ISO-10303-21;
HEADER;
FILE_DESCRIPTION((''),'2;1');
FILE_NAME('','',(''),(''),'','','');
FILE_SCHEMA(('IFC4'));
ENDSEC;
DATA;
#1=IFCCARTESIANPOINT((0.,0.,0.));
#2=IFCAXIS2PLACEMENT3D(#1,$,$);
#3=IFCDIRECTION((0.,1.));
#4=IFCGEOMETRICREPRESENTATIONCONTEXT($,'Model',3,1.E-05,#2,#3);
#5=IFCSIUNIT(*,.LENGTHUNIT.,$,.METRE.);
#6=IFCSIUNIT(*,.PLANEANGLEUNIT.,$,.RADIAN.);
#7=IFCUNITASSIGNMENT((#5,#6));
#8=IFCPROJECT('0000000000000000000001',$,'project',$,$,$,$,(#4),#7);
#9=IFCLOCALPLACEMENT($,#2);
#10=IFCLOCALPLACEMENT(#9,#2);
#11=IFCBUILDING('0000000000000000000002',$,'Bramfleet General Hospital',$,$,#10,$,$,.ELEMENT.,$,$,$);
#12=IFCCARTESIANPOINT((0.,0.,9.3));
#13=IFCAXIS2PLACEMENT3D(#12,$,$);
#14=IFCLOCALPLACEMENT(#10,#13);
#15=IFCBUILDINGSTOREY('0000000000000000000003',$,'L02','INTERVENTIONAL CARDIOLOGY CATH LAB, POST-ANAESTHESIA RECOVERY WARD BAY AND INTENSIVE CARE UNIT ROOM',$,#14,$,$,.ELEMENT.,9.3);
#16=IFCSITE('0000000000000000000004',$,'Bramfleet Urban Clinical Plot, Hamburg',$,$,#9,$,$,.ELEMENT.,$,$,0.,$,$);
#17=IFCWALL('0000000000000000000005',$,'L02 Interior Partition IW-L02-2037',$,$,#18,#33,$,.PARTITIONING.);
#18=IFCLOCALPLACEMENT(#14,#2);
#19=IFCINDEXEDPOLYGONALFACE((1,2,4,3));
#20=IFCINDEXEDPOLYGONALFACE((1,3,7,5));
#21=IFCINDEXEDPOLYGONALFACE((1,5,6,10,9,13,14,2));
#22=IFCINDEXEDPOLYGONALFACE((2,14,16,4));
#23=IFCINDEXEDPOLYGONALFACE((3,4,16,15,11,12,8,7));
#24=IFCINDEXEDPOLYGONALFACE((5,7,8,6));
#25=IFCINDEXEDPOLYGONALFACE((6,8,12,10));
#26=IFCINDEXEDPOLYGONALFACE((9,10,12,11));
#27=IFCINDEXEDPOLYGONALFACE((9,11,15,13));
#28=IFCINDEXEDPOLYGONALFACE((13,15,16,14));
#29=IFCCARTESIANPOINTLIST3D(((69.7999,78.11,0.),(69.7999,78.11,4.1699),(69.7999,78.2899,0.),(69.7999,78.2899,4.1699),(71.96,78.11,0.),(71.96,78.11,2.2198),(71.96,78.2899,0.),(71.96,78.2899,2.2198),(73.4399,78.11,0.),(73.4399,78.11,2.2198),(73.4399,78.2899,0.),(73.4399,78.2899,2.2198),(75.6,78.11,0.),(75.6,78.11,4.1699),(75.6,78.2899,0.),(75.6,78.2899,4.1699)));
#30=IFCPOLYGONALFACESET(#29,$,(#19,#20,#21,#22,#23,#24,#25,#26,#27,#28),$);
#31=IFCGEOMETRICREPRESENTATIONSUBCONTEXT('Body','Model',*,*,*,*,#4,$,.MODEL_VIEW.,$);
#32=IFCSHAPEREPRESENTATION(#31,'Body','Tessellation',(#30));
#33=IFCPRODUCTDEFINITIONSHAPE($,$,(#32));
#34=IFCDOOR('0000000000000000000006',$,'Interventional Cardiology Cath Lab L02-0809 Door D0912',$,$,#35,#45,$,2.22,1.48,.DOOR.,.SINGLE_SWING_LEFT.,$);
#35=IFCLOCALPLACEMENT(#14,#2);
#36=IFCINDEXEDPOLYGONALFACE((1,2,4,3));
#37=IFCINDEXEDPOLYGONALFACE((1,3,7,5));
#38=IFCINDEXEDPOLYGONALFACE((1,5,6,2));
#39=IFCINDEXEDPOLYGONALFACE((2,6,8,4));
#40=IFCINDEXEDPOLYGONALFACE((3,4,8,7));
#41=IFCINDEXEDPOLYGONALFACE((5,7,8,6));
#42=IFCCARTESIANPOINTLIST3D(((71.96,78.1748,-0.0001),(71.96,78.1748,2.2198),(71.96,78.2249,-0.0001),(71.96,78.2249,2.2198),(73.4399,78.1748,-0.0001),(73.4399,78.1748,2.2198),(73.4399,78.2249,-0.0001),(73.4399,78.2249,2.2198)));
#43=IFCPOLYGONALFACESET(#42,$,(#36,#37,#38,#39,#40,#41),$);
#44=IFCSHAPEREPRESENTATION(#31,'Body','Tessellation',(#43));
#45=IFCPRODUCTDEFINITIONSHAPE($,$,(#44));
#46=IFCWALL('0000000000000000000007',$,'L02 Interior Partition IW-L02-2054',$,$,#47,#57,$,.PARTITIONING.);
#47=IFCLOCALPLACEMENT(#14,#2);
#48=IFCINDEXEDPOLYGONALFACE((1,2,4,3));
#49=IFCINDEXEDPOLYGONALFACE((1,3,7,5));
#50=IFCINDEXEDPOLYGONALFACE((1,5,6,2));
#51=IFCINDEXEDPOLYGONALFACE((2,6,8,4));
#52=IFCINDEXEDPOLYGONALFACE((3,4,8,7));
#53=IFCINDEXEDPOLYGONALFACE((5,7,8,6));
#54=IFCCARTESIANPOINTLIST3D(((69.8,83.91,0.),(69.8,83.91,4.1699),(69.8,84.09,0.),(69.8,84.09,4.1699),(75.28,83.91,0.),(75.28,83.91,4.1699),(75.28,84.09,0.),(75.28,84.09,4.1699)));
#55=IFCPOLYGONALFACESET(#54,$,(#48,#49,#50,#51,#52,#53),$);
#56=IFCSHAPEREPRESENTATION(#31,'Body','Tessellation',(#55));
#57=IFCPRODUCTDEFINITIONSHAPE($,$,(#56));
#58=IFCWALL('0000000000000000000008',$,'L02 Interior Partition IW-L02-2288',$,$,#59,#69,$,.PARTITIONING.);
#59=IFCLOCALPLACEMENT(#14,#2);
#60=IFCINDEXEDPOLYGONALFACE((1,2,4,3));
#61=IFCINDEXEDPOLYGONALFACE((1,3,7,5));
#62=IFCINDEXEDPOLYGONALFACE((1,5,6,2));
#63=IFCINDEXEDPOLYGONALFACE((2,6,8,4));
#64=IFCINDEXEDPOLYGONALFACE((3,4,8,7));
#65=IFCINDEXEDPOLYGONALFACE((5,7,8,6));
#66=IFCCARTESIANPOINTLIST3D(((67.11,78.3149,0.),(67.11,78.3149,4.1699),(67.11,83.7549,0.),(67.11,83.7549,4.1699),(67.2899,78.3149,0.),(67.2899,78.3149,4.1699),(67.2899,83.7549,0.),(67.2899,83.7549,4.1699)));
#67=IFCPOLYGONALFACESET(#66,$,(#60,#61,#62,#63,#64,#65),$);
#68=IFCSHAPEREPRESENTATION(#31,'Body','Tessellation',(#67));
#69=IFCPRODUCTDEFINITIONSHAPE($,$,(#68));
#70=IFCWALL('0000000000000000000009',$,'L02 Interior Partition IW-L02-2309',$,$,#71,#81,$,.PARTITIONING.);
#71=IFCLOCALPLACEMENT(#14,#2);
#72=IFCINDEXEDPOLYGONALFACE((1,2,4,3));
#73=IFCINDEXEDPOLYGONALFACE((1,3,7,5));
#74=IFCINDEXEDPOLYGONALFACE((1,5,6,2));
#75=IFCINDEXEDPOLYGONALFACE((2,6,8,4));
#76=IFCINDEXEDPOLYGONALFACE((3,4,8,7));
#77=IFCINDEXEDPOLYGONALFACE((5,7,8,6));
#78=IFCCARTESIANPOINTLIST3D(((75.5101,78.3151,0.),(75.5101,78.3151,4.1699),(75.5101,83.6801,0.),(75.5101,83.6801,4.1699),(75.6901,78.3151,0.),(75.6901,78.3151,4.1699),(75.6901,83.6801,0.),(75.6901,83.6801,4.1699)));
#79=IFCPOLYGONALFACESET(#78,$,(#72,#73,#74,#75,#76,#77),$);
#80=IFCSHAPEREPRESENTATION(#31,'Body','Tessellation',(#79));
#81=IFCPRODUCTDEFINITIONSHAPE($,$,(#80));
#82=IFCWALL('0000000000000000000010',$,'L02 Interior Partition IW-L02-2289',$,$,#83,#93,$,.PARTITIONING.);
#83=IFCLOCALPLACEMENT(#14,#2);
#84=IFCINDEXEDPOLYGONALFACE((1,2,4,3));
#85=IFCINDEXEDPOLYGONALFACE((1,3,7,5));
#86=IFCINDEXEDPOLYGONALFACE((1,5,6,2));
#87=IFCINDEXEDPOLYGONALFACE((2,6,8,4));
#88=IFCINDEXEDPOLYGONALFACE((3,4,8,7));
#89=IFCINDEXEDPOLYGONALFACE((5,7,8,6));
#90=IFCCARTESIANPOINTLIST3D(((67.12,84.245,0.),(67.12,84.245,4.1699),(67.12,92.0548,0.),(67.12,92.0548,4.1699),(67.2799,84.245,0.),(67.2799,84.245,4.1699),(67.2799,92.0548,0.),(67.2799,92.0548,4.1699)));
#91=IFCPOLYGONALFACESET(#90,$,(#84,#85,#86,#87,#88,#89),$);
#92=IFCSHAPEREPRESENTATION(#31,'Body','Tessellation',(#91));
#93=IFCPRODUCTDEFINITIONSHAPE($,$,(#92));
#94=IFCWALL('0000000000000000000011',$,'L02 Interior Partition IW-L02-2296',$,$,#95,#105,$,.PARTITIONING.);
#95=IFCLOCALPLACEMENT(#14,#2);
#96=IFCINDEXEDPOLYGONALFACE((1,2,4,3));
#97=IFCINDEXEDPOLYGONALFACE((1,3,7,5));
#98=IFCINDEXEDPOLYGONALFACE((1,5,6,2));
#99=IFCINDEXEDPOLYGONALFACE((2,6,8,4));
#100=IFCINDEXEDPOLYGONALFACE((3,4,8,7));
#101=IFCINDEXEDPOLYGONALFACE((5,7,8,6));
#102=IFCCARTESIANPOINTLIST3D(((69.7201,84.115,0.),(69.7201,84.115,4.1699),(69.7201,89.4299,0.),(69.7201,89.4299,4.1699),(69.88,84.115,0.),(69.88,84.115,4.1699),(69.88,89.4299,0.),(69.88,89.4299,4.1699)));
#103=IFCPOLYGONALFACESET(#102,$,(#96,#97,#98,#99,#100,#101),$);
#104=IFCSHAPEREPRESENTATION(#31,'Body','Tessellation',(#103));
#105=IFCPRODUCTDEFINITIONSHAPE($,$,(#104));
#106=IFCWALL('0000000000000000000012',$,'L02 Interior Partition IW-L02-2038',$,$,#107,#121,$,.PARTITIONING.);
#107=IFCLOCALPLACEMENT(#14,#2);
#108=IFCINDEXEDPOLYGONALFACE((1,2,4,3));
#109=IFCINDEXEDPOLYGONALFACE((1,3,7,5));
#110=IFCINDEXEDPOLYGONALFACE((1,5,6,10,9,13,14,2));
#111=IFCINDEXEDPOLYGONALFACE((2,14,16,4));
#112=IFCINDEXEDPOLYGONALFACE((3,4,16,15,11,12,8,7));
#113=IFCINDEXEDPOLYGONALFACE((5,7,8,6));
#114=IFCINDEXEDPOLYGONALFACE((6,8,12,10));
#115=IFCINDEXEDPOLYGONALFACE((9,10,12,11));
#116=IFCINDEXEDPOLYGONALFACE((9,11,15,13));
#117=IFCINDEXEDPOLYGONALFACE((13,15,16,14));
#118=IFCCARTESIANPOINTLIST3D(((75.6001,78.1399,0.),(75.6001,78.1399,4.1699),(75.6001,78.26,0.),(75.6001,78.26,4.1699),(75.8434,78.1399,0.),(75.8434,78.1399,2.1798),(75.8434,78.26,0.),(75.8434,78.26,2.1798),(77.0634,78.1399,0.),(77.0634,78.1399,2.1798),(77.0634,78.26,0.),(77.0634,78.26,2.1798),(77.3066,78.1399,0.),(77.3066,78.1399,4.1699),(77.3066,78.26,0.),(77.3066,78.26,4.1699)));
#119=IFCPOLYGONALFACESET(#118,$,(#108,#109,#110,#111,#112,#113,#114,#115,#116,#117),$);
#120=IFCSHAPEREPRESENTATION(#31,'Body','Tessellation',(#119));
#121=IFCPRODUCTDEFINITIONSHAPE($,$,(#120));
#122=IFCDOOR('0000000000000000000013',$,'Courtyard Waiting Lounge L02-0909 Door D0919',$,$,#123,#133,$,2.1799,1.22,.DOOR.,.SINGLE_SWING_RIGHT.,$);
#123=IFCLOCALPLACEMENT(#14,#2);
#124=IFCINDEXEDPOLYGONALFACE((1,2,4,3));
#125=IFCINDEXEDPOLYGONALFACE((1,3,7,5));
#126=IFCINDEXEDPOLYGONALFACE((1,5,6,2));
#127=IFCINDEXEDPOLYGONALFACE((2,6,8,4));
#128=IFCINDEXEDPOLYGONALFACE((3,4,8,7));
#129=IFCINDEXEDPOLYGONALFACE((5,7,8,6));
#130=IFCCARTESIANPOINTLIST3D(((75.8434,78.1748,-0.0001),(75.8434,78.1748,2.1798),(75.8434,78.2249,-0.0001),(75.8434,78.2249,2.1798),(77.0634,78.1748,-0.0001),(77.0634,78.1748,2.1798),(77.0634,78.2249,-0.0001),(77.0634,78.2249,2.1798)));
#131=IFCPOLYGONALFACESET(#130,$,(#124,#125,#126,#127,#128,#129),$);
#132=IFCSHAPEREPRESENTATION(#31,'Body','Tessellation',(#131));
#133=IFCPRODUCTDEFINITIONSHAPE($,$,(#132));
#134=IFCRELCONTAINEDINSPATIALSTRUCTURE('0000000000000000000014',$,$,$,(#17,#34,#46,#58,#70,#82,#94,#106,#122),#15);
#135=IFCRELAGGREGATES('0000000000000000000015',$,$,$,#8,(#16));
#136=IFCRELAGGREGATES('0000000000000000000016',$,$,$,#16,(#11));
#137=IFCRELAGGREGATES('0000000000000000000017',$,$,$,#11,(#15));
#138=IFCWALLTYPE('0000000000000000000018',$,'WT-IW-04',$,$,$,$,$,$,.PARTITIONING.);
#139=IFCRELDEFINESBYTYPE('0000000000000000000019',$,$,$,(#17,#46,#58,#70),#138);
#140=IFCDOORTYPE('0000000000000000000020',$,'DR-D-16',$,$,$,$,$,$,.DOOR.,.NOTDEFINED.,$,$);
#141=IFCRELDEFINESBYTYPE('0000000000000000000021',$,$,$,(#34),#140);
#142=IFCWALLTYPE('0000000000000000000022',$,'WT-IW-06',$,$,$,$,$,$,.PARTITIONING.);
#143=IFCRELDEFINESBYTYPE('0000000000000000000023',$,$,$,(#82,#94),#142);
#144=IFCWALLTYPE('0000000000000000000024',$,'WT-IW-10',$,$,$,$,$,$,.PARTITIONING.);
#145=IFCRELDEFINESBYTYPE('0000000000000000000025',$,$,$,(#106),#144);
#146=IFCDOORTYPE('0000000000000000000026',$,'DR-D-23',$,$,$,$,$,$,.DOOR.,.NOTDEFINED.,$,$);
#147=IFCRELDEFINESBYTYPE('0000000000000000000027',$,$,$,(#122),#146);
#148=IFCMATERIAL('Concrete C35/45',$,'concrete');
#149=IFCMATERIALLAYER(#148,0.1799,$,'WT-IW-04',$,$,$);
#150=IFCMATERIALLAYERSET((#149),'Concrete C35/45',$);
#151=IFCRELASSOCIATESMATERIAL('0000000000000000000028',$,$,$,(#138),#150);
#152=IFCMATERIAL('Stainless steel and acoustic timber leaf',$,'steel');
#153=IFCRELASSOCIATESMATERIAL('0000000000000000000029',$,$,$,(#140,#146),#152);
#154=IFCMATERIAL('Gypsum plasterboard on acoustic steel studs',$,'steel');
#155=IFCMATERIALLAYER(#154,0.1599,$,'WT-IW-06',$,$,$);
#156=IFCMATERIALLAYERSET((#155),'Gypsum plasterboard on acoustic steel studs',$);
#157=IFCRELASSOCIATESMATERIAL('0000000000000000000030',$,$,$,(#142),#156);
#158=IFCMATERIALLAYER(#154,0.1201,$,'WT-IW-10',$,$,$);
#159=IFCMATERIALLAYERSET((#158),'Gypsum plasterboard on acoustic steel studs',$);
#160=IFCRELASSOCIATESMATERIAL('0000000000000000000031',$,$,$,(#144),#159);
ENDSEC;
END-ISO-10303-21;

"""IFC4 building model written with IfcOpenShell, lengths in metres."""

from ifc_helpers import new_model, si_unit, direction, frame, frame_2d, origin, place, context, subcontext, project, spatial, rectangle, extrude, material, layer, layer_set, type_object, element, fill, save


model = new_model("IFC4")

# Units and contexts
model_context = context("Model", 3, precision=1e-05, world=origin(), true_north=direction((0.0, 1.0)))
body_context = subcontext(model_context, "Body", "Model", "MODEL_VIEW")
ifc_project = project(units=[si_unit("LENGTHUNIT", "METRE"), si_unit("PLANEANGLEUNIT", "RADIAN")], contexts=[model_context])

# Site, building, storey
site_placement = place(None, origin())
site = spatial("IfcSite", under=ifc_project, at=site_placement, Name="Bramfleet Urban Clinical Plot, Hamburg", CompositionType="ELEMENT", RefElevation=0.0)
building_placement = place(site_placement, origin())
building = spatial("IfcBuilding", under=site, at=building_placement, Name="Bramfleet General Hospital", CompositionType="ELEMENT")
storey_placement = place(building_placement, frame((0.0, 0.0, 9.3)))
storey = spatial("IfcBuildingStorey", under=building, at=storey_placement, Name="L02", Description="INTERVENTIONAL CARDIOLOGY CATH LAB, POST-ANAESTHESIA RECOVERY WARD BAY AND INTENSIVE CARE UNIT ROOM", CompositionType="ELEMENT", Elevation=9.3)

# Shared definitions
ifc_material_1 = material(Name="Concrete C35/45", Category="concrete")

# Wall, opening, door
ifc_layer_1 = layer(ifc_material_1, 0.1799, Name="WT-IW-04")
ifc_layer_set_1 = layer_set([ifc_layer_1], Name="Concrete C35/45")
wall_type_1 = type_object("IfcWallType", Name="WT-IW-04", PredefinedType="PARTITIONING", material=ifc_layer_set_1)
ifc_material_2 = material(Name="Stainless steel and acoustic timber leaf", Category="steel")
wall_1_placement = place(storey_placement, frame((69.8, 78.2, 0.0), z_axis=(0.0, 0.0, 1.0), x_axis=(1.0, 0.0, 0.0)))
wall_1 = element("IfcWall", 1, at=wall_1_placement, inside=storey, type_object=wall_type_1, Name="L02 Interior Partition IW-L02-2037", PredefinedType="PARTITIONING", context=body_context, shape_type="SweptSolid", body=[
    extrude(rectangle(XDim=5.8, YDim=0.1799, at=frame_2d((2.8999, 0.0))), origin(), (0.0, 0.0, 1.0), 4.1699),
])
opening_1_placement = place(wall_1_placement, frame((2.1599, 0.0, 0.0)))
opening_1 = element("IfcOpeningElement", 2, at=opening_1_placement, cuts=wall_1, PredefinedType="OPENING", context=body_context, shape_type="SweptSolid", body=[
    extrude(rectangle(XDim=1.48, YDim=2.22, at=frame_2d((0.74, 1.1099))), frame((0.0, 0.0999, 0.0), z_axis=(0.0, -1.0, 0.0), x_axis=(1.0, 0.0, 0.0)), (0.0, 0.0, 1.0), 0.2),
])
door_type_1 = type_object("IfcDoorType", Name="DR-D-16", OperationType="NOTDEFINED", PredefinedType="DOOR", material=ifc_material_2)
door_1_placement = place(opening_1_placement, origin())
door_1 = element("IfcDoor", 3, at=door_1_placement, inside=storey, type_object=door_type_1, Name="Interventional Cardiology Cath Lab L02-0809 Door D0912", OperationType="SINGLE_SWING_LEFT", OverallHeight=2.22, OverallWidth=1.48, PredefinedType="DOOR", context=body_context, shape_type="SweptSolid", body=[
    extrude(rectangle(XDim=1.48, YDim=2.22, at=frame_2d((0.74, 1.1099))), frame((0.0, 0.0249, 0.0), z_axis=(0.0, -1.0, 0.0), x_axis=(1.0, 0.0, 0.0)), (0.0, 0.0, 1.0), 0.05),
])
fill(opening_1, door_1)

# Walls
wall_2_placement = place(storey_placement, frame((69.8, 84.0, 0.0), z_axis=(0.0, 0.0, 1.0), x_axis=(1.0, 0.0, 0.0)))
element("IfcWall", 4, at=wall_2_placement, inside=storey, type_object=wall_type_1, Name="L02 Interior Partition IW-L02-2054", PredefinedType="PARTITIONING", context=body_context, shape_type="SweptSolid", body=[
    extrude(rectangle(XDim=5.48, YDim=0.1799, at=frame_2d((2.74, 0.0))), origin(), (0.0, 0.0, 1.0), 4.1699),
])
wall_3_placement = place(storey_placement, frame((67.2, 78.3149, 0.0), z_axis=(0.0, 0.0, 1.0), x_axis=(0.0, 1.0, 0.0)))
element("IfcWall", 5, at=wall_3_placement, inside=storey, type_object=wall_type_1, Name="L02 Interior Partition IW-L02-2288", PredefinedType="PARTITIONING", context=body_context, shape_type="SweptSolid", body=[
    extrude(rectangle(XDim=5.4399, YDim=0.1799, at=frame_2d((2.72, 0.0))), origin(), (0.0, 0.0, 1.0), 4.1699),
])
wall_4_placement = place(storey_placement, frame((75.6001, 78.3149, 0.0), z_axis=(0.0, 0.0, 1.0), x_axis=(0.0, 1.0, 0.0)))
element("IfcWall", 6, at=wall_4_placement, inside=storey, type_object=wall_type_1, Name="L02 Interior Partition IW-L02-2309", PredefinedType="PARTITIONING", context=body_context, shape_type="SweptSolid", body=[
    extrude(rectangle(XDim=5.365, YDim=0.1799, at=frame_2d((2.6826, 0.0))), origin(), (0.0, 0.0, 1.0), 4.1699),
])
ifc_material_3 = material(Name="Gypsum plasterboard on acoustic steel studs", Category="steel")
ifc_layer_2 = layer(ifc_material_3, 0.1599, Name="WT-IW-06")
ifc_layer_set_2 = layer_set([ifc_layer_2], Name="Gypsum plasterboard on acoustic steel studs")
wall_type_2 = type_object("IfcWallType", Name="WT-IW-06", PredefinedType="PARTITIONING", material=ifc_layer_set_2)
wall_5_placement = place(storey_placement, frame((67.2, 84.2451, 0.0), z_axis=(0.0, 0.0, 1.0), x_axis=(0.0, 1.0, 0.0)))
element("IfcWall", 7, at=wall_5_placement, inside=storey, type_object=wall_type_2, Name="L02 Interior Partition IW-L02-2289", PredefinedType="PARTITIONING", context=body_context, shape_type="SweptSolid", body=[
    extrude(rectangle(XDim=7.8098, YDim=0.1599, at=frame_2d((3.9048, 0.0))), origin(), (0.0, 0.0, 1.0), 4.1699),
])
wall_6_placement = place(storey_placement, frame((69.8, 84.115, 0.0), z_axis=(0.0, 0.0, 1.0), x_axis=(0.0, 1.0, 0.0)))
element("IfcWall", 8, at=wall_6_placement, inside=storey, type_object=wall_type_2, Name="L02 Interior Partition IW-L02-2296", PredefinedType="PARTITIONING", context=body_context, shape_type="SweptSolid", body=[
    extrude(rectangle(XDim=5.3149, YDim=0.1599, at=frame_2d((2.6575, 0.0))), origin(), (0.0, 0.0, 1.0), 4.1699),
])

# Wall, opening, door
ifc_layer_3 = layer(ifc_material_3, 0.1201, Name="WT-IW-10")
ifc_layer_set_3 = layer_set([ifc_layer_3], Name="Gypsum plasterboard on acoustic steel studs")
wall_type_3 = type_object("IfcWallType", Name="WT-IW-10", PredefinedType="PARTITIONING", material=ifc_layer_set_3)
wall_7_placement = place(storey_placement, frame((75.6001, 78.2, 0.0), z_axis=(0.0, 0.0, 1.0), x_axis=(1.0, 0.0, 0.0)))
wall_7 = element("IfcWall", 9, at=wall_7_placement, inside=storey, type_object=wall_type_3, Name="L02 Interior Partition IW-L02-2038", PredefinedType="PARTITIONING", context=body_context, shape_type="SweptSolid", body=[
    extrude(rectangle(XDim=1.7065, YDim=0.1201, at=frame_2d((0.8533, 0.0))), origin(), (0.0, 0.0, 1.0), 4.1699),
])
opening_2_placement = place(wall_7_placement, frame((0.2434, 0.0, 0.0)))
opening_2 = element("IfcOpeningElement", 10, at=opening_2_placement, cuts=wall_7, PredefinedType="OPENING", context=body_context, shape_type="SweptSolid", body=[
    extrude(rectangle(XDim=1.22, YDim=2.1799, at=frame_2d((0.6099, 1.0898))), frame((0.0, 0.0701, 0.0), z_axis=(0.0, -1.0, 0.0), x_axis=(1.0, 0.0, 0.0)), (0.0, 0.0, 1.0), 0.1401),
])
door_type_2 = type_object("IfcDoorType", Name="DR-D-23", OperationType="NOTDEFINED", PredefinedType="DOOR", material=ifc_material_2)
door_2_placement = place(opening_2_placement, origin())
door_2 = element("IfcDoor", 11, at=door_2_placement, inside=storey, type_object=door_type_2, Name="Courtyard Waiting Lounge L02-0909 Door D0919", OperationType="SINGLE_SWING_RIGHT", OverallHeight=2.1799, OverallWidth=1.22, PredefinedType="DOOR", context=body_context, shape_type="SweptSolid", body=[
    extrude(rectangle(XDim=1.22, YDim=2.1799, at=frame_2d((0.6099, 1.0898))), frame((0.0, 0.0249, 0.0), z_axis=(0.0, -1.0, 0.0), x_axis=(1.0, 0.0, 0.0)), (0.0, 0.0, 1.0), 0.05),
])
fill(opening_2, door_2)

save(model, "model.ifc")
